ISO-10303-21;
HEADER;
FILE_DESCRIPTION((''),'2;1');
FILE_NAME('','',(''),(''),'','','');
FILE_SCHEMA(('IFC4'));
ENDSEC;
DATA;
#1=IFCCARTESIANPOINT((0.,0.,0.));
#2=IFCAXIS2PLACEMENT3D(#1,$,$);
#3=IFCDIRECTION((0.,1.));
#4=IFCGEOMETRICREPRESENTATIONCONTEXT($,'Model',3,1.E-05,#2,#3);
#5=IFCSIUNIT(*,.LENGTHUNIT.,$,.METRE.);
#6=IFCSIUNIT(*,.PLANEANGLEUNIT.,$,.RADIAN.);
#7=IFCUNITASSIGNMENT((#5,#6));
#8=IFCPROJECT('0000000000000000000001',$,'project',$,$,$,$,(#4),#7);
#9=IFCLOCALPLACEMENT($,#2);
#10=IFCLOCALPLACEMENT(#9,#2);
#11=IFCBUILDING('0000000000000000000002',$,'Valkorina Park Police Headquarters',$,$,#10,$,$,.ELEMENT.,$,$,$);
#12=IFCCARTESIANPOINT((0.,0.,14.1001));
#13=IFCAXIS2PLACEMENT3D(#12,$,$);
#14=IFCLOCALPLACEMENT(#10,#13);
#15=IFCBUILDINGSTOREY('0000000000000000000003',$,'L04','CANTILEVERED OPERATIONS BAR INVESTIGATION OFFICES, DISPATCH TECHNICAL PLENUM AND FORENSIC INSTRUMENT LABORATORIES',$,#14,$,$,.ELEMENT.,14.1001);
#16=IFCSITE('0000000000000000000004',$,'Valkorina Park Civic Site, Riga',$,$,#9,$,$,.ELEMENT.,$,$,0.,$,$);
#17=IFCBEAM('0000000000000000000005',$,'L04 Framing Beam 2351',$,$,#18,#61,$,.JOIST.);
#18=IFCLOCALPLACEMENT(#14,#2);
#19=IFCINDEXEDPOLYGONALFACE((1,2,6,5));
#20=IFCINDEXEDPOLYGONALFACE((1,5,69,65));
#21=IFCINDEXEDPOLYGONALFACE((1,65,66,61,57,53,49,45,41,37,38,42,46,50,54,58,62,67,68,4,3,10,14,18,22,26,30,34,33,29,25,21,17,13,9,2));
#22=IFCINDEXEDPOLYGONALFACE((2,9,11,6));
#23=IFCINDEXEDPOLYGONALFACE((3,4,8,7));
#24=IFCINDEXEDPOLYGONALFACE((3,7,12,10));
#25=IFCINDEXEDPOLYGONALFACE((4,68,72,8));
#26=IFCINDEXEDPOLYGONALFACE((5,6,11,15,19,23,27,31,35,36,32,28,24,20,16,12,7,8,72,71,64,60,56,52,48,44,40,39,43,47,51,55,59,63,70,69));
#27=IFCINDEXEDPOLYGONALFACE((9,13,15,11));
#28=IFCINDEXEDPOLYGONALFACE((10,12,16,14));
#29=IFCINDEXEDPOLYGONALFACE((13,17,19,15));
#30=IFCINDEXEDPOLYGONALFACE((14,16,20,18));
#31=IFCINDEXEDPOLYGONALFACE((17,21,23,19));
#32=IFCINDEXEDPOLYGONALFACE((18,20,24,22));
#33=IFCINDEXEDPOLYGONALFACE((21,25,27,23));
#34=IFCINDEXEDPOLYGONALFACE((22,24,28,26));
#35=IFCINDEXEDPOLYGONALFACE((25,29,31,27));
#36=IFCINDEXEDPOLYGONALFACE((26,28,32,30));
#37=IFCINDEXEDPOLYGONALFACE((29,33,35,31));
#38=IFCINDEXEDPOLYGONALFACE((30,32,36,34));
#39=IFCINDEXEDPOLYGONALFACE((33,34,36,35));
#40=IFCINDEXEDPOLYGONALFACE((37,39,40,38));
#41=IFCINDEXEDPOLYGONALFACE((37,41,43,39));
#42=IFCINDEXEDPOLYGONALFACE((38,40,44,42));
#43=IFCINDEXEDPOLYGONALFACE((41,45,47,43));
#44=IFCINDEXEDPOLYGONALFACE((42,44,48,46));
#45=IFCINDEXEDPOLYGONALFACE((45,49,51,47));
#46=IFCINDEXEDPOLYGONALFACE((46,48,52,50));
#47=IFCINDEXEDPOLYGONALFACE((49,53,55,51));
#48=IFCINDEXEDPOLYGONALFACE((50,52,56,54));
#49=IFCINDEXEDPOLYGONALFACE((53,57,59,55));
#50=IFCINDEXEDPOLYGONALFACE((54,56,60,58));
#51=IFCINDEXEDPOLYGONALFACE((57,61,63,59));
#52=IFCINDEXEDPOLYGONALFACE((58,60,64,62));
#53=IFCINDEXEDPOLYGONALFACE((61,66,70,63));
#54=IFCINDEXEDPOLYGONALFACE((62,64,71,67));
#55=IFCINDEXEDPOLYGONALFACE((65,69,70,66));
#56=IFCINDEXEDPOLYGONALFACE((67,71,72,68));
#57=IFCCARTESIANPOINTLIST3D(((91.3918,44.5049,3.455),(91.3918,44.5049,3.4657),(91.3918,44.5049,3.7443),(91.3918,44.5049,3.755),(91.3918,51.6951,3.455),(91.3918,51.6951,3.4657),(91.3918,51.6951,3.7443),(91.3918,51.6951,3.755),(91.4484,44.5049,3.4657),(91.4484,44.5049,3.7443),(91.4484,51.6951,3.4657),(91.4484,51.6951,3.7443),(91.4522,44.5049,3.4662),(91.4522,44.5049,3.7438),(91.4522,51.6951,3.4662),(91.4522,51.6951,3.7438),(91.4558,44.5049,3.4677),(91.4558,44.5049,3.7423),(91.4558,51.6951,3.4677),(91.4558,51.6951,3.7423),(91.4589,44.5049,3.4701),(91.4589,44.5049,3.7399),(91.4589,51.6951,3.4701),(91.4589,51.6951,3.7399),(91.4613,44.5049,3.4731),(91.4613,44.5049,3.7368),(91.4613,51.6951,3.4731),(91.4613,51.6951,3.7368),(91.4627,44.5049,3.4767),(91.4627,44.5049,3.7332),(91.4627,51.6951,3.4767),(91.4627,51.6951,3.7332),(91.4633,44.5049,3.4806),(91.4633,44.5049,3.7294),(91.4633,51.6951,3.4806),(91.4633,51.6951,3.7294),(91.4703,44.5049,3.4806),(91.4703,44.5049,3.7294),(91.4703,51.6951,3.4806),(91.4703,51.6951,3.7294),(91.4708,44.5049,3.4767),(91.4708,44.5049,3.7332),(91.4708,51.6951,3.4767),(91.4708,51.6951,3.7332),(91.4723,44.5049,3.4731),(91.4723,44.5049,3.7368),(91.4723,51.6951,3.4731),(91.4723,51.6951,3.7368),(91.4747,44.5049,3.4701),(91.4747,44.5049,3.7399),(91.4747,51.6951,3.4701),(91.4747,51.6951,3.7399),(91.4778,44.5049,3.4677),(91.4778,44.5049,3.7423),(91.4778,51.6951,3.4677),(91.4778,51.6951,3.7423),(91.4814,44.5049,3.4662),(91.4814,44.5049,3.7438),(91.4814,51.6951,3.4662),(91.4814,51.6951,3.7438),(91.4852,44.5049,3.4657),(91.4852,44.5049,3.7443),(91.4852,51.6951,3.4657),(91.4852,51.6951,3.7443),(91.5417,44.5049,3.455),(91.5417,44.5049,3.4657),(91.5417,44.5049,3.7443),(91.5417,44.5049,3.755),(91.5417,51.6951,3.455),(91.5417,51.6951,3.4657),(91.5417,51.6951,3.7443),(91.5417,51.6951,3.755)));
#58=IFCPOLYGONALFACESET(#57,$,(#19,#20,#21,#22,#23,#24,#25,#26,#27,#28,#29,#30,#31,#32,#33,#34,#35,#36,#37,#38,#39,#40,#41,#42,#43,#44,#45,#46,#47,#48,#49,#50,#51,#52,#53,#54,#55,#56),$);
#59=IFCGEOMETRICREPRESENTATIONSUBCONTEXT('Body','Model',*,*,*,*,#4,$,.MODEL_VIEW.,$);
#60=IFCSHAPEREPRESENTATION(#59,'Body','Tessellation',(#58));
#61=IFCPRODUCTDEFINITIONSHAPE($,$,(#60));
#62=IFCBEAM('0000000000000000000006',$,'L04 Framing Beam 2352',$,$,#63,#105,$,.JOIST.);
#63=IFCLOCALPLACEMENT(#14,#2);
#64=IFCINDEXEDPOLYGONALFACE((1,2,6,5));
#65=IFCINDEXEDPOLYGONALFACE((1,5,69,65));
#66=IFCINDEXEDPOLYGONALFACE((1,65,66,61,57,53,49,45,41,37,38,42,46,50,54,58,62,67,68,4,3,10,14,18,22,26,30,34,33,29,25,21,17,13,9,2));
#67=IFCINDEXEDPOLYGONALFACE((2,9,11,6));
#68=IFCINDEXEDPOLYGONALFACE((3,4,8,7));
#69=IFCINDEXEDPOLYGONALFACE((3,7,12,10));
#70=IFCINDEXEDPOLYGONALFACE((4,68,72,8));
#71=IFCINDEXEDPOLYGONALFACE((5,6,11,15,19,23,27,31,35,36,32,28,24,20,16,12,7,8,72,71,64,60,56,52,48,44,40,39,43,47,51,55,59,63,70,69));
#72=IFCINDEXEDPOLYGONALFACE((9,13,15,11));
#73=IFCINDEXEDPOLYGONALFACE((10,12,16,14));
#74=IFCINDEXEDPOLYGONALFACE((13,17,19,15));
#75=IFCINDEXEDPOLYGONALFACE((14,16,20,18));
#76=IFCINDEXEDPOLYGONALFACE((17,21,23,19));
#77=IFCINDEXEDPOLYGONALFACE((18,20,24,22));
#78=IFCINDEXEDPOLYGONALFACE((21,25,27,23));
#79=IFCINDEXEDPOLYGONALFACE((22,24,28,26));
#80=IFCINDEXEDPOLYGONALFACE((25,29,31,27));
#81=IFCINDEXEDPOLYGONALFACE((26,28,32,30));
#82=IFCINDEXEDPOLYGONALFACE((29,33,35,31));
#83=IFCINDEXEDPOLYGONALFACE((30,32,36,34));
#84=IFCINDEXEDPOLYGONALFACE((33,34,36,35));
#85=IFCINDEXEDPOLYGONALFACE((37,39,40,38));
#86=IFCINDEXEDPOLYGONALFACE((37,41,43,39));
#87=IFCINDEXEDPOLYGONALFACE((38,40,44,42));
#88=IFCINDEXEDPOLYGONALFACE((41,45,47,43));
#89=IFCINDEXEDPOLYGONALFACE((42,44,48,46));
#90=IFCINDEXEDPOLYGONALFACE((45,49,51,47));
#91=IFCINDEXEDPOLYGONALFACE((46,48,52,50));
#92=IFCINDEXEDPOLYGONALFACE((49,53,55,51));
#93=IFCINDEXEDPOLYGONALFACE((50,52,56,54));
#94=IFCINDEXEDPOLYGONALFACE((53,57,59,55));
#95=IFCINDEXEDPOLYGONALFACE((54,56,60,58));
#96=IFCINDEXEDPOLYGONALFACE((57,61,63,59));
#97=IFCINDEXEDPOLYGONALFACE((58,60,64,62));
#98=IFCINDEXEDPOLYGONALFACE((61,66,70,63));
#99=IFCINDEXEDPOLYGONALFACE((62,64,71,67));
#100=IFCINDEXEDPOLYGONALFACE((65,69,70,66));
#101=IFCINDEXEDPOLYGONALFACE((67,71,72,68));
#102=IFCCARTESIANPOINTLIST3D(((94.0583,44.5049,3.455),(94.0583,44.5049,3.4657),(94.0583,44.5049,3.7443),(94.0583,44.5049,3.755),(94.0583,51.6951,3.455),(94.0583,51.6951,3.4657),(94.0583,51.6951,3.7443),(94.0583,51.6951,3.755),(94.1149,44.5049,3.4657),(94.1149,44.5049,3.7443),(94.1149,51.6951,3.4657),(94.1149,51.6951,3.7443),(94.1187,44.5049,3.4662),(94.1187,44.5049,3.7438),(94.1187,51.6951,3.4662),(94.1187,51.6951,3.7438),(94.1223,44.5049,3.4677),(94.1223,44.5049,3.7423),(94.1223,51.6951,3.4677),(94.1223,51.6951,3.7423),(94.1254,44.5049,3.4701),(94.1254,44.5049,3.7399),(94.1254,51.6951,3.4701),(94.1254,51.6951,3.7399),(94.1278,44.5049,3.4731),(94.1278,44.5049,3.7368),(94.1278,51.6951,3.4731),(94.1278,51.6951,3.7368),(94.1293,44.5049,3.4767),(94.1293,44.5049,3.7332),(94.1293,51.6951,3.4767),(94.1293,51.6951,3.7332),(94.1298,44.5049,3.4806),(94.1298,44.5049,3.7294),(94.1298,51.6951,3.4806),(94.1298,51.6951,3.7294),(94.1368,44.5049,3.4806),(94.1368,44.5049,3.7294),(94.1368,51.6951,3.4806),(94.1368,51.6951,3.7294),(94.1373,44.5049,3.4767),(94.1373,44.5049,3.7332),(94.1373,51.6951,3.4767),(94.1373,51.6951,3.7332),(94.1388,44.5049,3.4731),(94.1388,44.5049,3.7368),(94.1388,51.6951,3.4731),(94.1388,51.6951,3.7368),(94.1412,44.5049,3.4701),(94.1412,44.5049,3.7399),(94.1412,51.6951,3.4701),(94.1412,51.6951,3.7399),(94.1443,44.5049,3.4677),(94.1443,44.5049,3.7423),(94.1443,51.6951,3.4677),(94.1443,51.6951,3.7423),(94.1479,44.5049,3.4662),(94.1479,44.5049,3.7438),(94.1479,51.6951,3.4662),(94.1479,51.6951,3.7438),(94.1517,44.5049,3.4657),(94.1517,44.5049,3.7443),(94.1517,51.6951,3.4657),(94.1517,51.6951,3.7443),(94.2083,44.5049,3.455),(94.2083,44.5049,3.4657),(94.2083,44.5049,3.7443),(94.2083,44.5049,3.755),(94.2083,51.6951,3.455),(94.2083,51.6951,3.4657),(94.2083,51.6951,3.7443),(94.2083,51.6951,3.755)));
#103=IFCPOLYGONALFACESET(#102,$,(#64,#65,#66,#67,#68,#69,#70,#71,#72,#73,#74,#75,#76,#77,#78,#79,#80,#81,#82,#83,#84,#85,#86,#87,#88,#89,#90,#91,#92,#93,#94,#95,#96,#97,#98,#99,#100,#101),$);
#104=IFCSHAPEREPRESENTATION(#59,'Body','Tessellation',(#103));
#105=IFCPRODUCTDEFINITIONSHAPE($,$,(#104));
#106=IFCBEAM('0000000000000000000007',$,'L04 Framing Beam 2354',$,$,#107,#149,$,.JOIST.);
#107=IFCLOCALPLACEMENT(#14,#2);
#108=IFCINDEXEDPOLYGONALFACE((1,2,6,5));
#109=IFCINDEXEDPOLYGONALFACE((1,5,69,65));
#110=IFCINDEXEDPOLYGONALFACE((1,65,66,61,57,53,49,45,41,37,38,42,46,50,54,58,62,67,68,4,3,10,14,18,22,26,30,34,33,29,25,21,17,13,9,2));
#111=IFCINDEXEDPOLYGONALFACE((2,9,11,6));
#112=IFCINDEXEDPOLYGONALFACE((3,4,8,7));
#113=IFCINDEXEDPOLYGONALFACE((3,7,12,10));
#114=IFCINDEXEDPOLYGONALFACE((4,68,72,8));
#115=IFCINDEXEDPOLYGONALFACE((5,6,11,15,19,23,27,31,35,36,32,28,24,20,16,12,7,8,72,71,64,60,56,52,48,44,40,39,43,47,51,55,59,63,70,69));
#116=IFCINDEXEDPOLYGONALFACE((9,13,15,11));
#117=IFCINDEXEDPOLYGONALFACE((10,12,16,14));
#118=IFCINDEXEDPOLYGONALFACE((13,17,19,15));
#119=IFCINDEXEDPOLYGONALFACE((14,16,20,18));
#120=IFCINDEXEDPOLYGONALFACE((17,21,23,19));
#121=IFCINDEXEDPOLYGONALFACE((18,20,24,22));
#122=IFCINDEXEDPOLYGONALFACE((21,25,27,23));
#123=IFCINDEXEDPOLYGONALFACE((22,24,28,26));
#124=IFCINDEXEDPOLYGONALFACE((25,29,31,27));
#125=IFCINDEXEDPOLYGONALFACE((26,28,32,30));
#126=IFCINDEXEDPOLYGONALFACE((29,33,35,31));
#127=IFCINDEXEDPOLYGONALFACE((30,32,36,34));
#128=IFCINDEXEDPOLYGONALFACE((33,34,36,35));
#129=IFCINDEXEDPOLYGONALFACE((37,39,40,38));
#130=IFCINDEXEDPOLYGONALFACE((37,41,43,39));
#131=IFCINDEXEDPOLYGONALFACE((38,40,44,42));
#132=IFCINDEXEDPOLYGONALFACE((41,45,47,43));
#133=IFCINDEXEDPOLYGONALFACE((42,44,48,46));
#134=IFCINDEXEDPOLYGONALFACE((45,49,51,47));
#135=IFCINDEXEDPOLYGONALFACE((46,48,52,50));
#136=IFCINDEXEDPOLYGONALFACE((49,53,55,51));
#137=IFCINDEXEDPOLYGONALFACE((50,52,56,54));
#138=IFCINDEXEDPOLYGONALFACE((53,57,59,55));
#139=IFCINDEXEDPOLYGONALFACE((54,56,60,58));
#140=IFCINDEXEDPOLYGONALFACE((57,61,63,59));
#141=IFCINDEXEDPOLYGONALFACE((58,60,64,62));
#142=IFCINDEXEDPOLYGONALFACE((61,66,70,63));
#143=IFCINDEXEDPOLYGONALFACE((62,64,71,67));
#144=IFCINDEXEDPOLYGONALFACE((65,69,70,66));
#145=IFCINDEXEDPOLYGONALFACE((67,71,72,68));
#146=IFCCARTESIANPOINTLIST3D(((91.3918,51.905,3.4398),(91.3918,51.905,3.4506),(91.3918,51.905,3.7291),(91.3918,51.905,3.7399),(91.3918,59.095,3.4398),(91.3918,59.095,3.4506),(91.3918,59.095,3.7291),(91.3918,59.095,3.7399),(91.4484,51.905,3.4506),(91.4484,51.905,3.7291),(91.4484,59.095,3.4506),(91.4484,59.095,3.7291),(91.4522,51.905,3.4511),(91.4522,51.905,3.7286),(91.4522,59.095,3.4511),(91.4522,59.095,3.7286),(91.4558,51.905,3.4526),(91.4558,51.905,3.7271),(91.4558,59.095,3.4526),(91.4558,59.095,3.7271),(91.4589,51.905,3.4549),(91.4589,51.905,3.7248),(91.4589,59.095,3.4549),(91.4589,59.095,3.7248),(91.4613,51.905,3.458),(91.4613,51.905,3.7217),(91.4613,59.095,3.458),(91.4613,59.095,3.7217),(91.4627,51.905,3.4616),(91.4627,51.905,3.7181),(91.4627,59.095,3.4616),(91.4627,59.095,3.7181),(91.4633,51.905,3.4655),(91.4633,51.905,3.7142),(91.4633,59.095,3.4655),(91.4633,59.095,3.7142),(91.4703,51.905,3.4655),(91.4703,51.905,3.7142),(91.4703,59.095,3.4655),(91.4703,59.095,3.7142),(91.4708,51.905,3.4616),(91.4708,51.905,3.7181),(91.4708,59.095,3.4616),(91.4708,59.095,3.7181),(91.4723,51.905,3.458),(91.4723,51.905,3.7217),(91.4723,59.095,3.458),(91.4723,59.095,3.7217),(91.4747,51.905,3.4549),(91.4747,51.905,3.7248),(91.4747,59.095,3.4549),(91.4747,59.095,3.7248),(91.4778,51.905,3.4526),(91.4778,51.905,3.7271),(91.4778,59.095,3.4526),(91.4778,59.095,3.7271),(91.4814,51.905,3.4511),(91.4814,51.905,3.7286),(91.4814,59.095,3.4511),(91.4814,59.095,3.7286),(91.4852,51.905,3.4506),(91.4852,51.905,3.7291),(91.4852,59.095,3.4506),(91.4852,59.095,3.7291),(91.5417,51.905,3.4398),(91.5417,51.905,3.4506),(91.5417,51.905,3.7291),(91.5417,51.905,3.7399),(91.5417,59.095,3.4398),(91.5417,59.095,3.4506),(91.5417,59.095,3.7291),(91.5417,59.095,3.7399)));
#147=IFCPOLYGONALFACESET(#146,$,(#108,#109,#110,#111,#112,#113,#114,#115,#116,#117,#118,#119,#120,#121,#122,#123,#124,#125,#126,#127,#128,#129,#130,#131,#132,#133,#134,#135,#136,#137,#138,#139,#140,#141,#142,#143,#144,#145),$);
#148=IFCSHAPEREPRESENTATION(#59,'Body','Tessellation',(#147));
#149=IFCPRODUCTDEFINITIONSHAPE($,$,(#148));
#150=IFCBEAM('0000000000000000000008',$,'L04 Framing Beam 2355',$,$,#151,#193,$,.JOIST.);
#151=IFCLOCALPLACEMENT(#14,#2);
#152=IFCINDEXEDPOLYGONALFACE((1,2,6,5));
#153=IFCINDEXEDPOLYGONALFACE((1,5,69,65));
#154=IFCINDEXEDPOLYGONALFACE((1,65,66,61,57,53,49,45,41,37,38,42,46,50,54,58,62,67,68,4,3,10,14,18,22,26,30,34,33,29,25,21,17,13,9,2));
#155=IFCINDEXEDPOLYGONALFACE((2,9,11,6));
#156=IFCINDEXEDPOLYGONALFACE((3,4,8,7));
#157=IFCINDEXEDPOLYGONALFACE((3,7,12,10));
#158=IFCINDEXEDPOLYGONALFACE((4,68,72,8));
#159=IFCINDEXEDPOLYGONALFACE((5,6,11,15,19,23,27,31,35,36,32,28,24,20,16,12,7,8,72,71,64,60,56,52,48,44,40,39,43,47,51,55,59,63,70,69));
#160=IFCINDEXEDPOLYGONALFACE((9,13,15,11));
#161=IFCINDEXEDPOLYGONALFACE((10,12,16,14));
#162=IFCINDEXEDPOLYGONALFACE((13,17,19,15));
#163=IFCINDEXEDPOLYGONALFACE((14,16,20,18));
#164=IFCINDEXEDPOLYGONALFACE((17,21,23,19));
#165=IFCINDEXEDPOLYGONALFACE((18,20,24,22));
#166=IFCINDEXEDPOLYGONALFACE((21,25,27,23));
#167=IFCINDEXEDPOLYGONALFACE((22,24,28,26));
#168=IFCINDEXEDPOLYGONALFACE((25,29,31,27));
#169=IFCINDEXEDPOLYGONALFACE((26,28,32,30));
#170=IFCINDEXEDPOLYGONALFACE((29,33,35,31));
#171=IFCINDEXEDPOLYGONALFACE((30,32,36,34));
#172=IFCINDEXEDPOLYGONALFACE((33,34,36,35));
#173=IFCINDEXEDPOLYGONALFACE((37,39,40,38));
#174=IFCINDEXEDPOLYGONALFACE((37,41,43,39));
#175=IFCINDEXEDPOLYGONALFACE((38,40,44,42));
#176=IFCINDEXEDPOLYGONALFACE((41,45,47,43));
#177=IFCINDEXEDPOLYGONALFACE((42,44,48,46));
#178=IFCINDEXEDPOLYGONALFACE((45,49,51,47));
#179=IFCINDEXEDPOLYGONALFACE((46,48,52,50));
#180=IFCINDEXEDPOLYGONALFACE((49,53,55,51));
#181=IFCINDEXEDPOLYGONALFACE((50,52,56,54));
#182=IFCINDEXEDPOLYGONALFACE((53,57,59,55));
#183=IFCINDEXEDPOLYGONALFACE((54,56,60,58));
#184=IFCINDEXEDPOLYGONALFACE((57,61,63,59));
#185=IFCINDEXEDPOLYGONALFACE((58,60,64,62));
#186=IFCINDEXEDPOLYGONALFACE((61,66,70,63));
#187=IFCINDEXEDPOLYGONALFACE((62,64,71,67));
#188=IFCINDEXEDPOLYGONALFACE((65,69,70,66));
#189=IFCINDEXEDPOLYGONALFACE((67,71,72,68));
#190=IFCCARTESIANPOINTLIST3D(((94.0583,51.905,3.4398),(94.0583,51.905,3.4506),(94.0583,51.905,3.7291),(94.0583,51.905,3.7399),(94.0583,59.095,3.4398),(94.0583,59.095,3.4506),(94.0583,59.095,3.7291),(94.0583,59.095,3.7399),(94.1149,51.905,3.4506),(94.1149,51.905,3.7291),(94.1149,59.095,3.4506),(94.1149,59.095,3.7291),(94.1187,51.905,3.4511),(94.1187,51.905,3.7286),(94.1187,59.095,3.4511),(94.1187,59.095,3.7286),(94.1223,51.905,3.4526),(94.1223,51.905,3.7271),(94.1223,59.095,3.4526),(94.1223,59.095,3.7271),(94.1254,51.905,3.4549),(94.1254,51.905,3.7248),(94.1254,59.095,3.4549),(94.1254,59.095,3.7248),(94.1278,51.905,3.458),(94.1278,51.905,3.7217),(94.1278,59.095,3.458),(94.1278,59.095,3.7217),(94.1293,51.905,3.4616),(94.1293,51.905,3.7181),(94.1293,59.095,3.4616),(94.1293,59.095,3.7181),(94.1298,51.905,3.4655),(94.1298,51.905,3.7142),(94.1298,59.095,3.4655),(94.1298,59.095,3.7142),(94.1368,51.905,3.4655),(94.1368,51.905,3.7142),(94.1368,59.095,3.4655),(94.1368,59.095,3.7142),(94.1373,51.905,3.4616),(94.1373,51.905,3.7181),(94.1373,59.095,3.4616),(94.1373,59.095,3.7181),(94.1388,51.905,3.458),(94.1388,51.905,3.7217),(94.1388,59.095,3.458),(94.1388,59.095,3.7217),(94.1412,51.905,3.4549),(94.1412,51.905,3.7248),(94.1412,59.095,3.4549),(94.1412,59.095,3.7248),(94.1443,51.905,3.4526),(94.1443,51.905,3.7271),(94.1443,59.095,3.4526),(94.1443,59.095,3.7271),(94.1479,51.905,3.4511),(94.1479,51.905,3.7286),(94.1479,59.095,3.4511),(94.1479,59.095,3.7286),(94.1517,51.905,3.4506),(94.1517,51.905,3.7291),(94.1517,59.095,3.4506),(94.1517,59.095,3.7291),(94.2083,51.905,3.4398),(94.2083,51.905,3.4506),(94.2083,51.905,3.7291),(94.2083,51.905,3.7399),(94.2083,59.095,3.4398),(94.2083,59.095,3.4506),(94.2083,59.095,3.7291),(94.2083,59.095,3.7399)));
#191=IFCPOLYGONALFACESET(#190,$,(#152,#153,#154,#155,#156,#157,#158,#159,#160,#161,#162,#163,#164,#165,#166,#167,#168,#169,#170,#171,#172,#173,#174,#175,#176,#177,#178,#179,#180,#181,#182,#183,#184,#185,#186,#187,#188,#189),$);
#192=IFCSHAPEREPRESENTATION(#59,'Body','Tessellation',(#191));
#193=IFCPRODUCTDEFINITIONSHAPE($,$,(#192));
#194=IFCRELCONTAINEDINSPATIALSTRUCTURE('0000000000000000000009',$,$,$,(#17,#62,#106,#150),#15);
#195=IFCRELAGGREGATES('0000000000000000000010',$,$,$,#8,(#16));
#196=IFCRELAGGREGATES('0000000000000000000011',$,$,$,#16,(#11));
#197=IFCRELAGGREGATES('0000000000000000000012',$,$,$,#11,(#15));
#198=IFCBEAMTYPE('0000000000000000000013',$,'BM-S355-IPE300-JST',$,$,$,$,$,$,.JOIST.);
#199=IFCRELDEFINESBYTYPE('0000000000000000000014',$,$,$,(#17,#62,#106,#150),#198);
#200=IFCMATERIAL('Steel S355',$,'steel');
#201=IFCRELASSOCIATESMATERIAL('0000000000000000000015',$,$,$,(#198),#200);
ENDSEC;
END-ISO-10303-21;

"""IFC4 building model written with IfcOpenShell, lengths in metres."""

from ifc_helpers import new_model, si_unit, direction, frame, origin, origin_2d, place, context, subcontext, project, spatial, i_section, extrude, material, material_profile, profile_set, type_object, element, save


model = new_model("IFC4")

# Units and contexts
model_context = context("Model", 3, precision=1e-05, world=origin(), true_north=direction((0.0, 1.0)))
body_context = subcontext(model_context, "Body", "Model", "MODEL_VIEW")
ifc_project = project(units=[si_unit("LENGTHUNIT", "METRE"), si_unit("PLANEANGLEUNIT", "RADIAN")], contexts=[model_context])

# Site, building, storey
site_placement = place(None, origin())
site = spatial("IfcSite", under=ifc_project, at=site_placement, Name="Valkorina Park Civic Site, Riga", CompositionType="ELEMENT", RefElevation=0.0)
building_placement = place(site_placement, origin())
building = spatial("IfcBuilding", under=site, at=building_placement, Name="Valkorina Park Police Headquarters", CompositionType="ELEMENT")
storey_placement = place(building_placement, frame((0.0, 0.0, 14.1001)))
storey = spatial("IfcBuildingStorey", under=building, at=storey_placement, Name="L04", Description="CANTILEVERED OPERATIONS BAR INVESTIGATION OFFICES, DISPATCH TECHNICAL PLENUM AND FORENSIC INSTRUMENT LABORATORIES", CompositionType="ELEMENT", Elevation=14.1001)

# Shared definitions
ifc_material_1 = material(Name="Steel S355", Category="steel")

# Beams
ifc_material_profile_1 = material_profile(ifc_material_1, i_section(OverallWidth=0.1499, OverallDepth=0.3, WebThickness=0.0071, FlangeThickness=0.0107, FilletRadius=0.0149, at=origin_2d()), Name="IPE 300")
ifc_profile_set_1 = profile_set([ifc_material_profile_1], Name="Steel S355")
beam_type_1 = type_object("IfcBeamType", Name="BM-S355-IPE300-JST", PredefinedType="JOIST", material=ifc_profile_set_1)
for number, where, z_axis, x_axis, name in (
    (1, (91.4668, 44.5049, 3.605), (0.0, 1.0, 0.0), (-1.0, 0.0, 0.0), "L04 Framing Beam 2351"),
    (2, (94.1333, 44.5049, 3.605), (0.0, 1.0, 0.0), (-1.0, 0.0, 0.0), "L04 Framing Beam 2352"),
):
    element("IfcBeam", number, at=place(storey_placement, frame(where, z_axis=z_axis, x_axis=x_axis)), inside=storey, type_object=beam_type_1, Name=name, PredefinedType="JOIST", context=body_context, shape_type="SweptSolid", body=[
        extrude(i_section(OverallWidth=0.1499, OverallDepth=0.3, WebThickness=0.0071, FlangeThickness=0.0107, FilletRadius=0.0149, at=origin_2d()), origin(), (0.0, 0.0, 1.0), 7.1902),
    ])
for number, where, z_axis, x_axis, name in (
    (3, (91.4668, 51.905, 3.5898), (0.0, 1.0, 0.0), (-1.0, 0.0, 0.0), "L04 Framing Beam 2354"),
    (4, (94.1333, 51.905, 3.5898), (0.0, 1.0, 0.0), (-1.0, 0.0, 0.0), "L04 Framing Beam 2355"),
):
    element("IfcBeam", number, at=place(storey_placement, frame(where, z_axis=z_axis, x_axis=x_axis)), inside=storey, type_object=beam_type_1, Name=name, PredefinedType="JOIST", context=body_context, shape_type="SweptSolid", body=[
        extrude(i_section(OverallWidth=0.1499, OverallDepth=0.3, WebThickness=0.0071, FlangeThickness=0.0107, FilletRadius=0.0149, at=origin_2d()), origin(), (0.0, 0.0, 1.0), 7.1899),
    ])

save(model, "model.ifc")
